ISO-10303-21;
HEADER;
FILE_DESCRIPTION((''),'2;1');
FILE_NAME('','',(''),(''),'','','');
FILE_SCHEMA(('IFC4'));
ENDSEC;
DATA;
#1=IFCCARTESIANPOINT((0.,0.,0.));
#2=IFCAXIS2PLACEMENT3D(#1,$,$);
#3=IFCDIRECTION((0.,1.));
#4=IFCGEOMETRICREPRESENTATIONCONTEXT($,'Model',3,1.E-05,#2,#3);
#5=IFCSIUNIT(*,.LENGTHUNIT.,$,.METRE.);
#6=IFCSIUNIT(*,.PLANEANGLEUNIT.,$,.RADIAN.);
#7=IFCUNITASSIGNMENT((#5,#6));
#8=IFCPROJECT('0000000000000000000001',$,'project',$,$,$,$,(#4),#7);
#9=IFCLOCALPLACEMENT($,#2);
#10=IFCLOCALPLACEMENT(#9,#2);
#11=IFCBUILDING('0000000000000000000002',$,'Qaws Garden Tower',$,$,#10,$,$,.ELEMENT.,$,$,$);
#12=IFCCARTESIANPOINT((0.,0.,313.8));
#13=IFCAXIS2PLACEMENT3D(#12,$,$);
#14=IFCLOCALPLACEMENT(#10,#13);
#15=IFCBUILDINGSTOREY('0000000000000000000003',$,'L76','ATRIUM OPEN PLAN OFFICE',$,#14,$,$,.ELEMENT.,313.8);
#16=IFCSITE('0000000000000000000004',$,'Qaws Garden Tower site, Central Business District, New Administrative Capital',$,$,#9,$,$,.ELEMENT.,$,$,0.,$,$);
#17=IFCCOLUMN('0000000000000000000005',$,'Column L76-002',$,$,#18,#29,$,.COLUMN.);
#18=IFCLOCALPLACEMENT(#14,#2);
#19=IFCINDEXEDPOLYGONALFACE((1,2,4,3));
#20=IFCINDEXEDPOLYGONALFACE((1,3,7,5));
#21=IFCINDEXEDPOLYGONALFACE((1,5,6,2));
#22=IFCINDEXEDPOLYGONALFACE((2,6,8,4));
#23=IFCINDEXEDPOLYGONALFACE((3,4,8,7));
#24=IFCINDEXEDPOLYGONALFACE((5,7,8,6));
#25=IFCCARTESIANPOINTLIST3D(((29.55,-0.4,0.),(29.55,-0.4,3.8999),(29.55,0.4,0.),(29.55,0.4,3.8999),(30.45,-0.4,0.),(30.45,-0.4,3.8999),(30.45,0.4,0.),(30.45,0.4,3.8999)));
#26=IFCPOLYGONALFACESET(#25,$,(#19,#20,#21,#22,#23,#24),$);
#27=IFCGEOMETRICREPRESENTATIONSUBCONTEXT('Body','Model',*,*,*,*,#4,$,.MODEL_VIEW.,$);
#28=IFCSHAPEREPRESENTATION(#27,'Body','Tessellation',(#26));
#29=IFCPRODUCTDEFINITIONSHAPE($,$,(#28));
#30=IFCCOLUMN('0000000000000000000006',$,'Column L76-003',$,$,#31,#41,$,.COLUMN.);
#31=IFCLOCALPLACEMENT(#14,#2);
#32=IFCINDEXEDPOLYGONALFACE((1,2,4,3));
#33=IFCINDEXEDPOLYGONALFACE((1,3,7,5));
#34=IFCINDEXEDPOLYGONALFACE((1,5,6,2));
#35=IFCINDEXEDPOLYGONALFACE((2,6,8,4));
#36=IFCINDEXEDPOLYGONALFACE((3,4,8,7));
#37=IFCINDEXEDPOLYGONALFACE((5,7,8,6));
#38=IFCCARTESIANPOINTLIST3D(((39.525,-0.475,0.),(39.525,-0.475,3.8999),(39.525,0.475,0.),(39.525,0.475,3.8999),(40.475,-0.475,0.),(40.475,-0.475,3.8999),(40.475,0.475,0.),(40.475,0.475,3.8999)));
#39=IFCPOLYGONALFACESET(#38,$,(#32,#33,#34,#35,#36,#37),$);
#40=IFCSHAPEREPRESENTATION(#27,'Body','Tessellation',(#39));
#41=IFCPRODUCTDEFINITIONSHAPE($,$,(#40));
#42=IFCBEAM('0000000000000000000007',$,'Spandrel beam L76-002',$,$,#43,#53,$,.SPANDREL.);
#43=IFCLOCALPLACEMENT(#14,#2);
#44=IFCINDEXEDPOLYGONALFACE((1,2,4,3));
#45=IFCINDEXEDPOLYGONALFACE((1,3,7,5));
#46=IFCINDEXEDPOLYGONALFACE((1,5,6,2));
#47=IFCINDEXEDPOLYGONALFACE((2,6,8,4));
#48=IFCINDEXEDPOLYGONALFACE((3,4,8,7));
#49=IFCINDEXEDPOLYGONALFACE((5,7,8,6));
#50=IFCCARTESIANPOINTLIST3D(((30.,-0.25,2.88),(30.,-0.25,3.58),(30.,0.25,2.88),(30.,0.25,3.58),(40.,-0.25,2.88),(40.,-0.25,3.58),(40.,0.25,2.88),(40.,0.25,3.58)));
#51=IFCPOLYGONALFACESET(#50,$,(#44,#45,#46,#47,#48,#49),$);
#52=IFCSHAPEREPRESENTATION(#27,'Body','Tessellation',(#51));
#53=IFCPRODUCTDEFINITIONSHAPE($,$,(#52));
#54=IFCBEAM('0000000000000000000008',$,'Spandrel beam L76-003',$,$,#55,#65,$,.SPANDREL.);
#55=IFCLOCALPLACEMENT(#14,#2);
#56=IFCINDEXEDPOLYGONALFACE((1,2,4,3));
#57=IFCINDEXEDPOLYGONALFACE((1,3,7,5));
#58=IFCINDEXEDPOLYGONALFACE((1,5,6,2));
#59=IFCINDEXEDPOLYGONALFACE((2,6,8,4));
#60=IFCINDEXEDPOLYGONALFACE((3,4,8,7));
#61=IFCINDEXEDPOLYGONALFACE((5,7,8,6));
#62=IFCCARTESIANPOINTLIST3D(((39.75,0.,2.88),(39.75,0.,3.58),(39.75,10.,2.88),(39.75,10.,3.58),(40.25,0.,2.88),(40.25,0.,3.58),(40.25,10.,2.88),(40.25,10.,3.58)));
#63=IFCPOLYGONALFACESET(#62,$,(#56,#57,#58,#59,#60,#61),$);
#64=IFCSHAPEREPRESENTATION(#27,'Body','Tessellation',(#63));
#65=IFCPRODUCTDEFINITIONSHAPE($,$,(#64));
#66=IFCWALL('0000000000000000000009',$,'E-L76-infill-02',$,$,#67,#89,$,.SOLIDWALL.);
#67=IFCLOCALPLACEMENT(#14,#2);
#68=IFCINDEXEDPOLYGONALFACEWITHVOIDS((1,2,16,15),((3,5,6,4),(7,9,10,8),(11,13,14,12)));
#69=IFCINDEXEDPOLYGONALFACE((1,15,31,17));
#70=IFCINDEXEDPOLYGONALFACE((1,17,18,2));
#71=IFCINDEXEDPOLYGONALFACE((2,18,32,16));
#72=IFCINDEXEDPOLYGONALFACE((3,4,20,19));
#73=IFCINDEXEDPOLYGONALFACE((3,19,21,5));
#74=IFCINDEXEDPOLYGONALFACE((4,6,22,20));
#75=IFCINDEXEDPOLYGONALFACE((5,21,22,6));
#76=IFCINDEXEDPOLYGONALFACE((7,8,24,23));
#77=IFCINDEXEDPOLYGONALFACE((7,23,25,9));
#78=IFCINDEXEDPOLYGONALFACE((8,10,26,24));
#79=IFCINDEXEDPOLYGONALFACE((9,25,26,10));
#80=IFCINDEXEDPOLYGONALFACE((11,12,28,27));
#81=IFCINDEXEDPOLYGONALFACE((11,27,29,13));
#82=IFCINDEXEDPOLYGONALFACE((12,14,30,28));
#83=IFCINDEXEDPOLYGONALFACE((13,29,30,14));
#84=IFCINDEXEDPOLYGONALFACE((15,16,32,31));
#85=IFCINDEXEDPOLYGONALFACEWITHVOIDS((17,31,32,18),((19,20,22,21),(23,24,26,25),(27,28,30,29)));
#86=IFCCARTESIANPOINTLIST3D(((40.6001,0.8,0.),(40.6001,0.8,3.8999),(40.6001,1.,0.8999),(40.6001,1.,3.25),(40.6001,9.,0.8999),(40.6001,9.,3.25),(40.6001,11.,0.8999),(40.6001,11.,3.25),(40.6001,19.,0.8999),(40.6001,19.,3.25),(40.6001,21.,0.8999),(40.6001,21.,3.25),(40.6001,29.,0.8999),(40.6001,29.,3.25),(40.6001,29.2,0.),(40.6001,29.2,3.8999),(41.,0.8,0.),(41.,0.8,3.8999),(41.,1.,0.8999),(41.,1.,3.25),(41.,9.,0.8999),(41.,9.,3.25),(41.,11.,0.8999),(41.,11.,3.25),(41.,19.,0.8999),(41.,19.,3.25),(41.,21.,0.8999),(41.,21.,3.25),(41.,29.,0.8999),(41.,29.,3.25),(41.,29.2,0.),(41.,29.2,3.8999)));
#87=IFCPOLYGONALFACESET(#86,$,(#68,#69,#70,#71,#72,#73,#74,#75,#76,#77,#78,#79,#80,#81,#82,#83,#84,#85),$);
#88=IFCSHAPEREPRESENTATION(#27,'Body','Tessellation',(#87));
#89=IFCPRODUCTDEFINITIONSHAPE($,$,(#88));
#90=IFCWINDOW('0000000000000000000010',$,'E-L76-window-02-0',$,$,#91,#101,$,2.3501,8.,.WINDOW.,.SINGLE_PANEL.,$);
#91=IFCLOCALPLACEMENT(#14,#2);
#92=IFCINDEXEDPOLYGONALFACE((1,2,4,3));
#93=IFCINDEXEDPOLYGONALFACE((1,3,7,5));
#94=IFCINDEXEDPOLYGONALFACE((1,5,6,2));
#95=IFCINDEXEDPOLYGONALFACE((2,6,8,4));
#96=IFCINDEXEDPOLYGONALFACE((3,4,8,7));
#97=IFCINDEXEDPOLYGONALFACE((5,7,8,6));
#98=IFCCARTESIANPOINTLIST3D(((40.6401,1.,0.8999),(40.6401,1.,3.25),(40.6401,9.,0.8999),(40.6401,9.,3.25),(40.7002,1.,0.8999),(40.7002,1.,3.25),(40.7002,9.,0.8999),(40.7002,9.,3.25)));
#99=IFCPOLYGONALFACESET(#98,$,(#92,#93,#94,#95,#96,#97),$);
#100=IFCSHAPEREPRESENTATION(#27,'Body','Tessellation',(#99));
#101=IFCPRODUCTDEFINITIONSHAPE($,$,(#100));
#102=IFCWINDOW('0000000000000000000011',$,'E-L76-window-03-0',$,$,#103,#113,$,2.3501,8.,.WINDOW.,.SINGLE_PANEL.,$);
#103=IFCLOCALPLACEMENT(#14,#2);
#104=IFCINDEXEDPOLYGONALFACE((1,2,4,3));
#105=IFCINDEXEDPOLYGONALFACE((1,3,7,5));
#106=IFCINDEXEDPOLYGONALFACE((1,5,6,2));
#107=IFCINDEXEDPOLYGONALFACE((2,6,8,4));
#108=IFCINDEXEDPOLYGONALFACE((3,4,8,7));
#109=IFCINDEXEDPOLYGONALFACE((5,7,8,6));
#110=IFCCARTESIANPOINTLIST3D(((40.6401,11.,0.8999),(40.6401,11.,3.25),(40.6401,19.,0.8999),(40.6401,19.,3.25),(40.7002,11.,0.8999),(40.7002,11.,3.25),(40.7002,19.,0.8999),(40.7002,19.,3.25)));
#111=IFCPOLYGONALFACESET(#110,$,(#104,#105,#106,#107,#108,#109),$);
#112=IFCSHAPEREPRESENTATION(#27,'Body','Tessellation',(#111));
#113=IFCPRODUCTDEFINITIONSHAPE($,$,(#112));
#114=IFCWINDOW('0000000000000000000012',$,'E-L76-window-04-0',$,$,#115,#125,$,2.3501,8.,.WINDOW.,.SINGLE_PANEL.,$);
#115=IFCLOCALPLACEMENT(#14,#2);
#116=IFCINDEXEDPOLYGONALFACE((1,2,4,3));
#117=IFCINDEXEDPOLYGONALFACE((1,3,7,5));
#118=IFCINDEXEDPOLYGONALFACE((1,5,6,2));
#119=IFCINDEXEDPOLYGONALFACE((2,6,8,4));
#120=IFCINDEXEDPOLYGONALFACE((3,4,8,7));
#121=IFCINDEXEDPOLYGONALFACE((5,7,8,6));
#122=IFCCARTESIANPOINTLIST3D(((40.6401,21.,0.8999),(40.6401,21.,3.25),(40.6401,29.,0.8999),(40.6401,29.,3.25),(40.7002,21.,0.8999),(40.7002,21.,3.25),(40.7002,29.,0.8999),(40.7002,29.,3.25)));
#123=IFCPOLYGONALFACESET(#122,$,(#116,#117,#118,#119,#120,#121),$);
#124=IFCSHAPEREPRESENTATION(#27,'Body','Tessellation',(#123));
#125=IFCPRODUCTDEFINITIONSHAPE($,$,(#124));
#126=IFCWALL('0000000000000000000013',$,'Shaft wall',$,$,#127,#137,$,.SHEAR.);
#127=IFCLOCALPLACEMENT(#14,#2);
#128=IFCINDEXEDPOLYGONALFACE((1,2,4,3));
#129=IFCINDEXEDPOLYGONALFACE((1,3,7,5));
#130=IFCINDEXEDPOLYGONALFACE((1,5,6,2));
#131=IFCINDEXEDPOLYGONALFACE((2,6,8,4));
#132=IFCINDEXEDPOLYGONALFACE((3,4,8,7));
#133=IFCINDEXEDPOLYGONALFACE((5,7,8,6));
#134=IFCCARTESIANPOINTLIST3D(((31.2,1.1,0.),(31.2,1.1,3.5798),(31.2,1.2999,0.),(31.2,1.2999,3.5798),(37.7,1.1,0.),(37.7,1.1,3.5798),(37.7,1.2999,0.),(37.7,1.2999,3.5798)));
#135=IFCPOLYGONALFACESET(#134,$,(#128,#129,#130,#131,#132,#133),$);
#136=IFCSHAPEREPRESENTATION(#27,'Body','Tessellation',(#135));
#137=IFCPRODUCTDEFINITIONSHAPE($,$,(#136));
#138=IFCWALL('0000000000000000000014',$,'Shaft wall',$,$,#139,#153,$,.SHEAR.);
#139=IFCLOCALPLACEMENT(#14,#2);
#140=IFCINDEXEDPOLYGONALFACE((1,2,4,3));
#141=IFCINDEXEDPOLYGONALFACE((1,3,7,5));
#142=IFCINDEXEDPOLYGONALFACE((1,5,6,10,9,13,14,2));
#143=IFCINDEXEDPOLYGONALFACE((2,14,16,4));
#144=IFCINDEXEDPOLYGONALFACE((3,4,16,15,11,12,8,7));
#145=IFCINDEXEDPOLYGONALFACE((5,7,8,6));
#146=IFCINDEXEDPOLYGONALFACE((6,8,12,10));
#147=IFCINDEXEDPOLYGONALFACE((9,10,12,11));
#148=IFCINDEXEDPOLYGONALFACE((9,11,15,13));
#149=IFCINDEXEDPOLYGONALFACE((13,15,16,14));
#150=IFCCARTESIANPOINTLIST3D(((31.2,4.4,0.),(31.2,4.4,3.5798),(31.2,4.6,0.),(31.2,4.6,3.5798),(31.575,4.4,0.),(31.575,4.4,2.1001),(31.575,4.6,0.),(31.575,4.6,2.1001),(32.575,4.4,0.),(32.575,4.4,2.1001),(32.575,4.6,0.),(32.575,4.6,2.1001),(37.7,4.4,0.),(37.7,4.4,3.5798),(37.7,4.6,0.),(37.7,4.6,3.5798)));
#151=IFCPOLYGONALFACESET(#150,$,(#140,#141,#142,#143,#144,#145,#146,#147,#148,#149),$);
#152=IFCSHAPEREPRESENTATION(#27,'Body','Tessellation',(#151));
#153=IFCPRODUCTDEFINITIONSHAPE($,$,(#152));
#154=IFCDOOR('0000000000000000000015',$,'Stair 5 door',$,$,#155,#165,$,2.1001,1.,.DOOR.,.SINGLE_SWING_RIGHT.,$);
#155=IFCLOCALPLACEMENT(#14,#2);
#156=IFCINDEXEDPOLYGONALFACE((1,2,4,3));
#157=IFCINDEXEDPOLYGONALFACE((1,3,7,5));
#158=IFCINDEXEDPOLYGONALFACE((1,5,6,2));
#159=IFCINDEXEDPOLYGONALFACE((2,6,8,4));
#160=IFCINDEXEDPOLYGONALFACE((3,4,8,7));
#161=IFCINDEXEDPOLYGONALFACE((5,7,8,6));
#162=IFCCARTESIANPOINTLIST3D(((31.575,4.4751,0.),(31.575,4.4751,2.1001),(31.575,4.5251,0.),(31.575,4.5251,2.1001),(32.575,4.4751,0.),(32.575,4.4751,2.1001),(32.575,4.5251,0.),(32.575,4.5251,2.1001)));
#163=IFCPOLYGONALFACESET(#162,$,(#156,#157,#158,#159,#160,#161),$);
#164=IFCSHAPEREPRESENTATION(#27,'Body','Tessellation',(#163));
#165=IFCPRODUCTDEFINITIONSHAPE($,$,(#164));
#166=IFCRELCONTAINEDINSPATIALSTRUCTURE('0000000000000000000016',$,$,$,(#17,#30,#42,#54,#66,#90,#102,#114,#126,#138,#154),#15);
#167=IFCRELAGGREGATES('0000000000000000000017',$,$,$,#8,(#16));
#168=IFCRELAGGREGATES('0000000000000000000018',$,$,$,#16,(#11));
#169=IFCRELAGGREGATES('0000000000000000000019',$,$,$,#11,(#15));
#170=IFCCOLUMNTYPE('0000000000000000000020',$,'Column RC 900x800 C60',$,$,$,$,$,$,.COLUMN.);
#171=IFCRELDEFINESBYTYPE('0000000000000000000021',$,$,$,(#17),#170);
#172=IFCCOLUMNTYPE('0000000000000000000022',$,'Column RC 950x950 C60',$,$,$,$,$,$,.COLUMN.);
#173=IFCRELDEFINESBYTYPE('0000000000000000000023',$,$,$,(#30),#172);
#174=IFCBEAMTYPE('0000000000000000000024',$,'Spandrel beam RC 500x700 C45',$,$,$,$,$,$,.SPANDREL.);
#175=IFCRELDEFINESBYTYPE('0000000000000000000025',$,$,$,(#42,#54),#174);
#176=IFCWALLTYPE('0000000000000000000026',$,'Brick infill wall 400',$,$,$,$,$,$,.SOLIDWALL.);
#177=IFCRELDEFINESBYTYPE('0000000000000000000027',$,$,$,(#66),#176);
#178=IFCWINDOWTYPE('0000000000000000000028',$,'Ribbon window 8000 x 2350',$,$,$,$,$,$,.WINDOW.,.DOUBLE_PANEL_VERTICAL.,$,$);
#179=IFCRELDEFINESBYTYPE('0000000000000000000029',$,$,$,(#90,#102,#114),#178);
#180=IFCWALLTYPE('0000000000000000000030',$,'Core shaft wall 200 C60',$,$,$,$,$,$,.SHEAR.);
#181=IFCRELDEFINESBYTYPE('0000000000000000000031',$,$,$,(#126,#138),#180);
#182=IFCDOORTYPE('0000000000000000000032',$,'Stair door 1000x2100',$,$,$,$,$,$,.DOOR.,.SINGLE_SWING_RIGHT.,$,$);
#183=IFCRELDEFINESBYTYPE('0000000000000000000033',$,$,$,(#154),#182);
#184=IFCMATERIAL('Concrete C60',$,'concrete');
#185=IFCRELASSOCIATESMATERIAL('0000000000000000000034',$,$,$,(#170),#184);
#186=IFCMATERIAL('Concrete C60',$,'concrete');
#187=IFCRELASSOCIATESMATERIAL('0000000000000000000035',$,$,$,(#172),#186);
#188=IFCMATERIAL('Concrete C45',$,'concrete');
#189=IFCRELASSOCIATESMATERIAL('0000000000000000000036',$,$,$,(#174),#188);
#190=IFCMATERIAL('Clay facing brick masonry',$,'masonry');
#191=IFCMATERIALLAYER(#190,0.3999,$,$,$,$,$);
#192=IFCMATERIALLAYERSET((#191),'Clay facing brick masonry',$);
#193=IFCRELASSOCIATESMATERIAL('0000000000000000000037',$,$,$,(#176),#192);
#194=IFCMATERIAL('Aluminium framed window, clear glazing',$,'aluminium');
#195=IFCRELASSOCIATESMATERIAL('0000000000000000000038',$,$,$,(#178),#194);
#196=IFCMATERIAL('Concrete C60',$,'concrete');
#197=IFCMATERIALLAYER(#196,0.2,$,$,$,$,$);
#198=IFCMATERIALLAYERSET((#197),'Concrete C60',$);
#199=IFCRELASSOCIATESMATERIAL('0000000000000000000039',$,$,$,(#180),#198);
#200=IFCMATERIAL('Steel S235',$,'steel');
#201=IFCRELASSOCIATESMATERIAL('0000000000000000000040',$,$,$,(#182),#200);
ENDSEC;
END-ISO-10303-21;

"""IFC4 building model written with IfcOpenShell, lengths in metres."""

from ifc_helpers import new_model, si_unit, direction, frame, frame_2d, origin, origin_2d, place, context, subcontext, project, spatial, rectangle, extrude, material, layer, layer_set, material_profile, profile_set, type_object, element, fill, save


model = new_model("IFC4")

# Units and contexts
model_context = context("Model", 3, precision=1e-05, world=origin(), true_north=direction((0.0, 1.0)))
body_context = subcontext(model_context, "Body", "Model", "MODEL_VIEW")
ifc_project = project(units=[si_unit("LENGTHUNIT", "METRE"), si_unit("PLANEANGLEUNIT", "RADIAN")], contexts=[model_context])

# Site, building, storey
site_placement = place(None, origin())
site = spatial("IfcSite", under=ifc_project, at=site_placement, Name="Qaws Garden Tower site, Central Business District, New Administrative Capital", CompositionType="ELEMENT", RefElevation=0.0)
building_placement = place(site_placement, origin())
building = spatial("IfcBuilding", under=site, at=building_placement, Name="Qaws Garden Tower", CompositionType="ELEMENT")
storey_placement = place(building_placement, frame((0.0, 0.0, 313.8)))
storey = spatial("IfcBuildingStorey", under=building, at=storey_placement, Name="L76", Description="ATRIUM OPEN PLAN OFFICE", CompositionType="ELEMENT", Elevation=313.8)

# Columns
ifc_material_1 = material(Name="Concrete C60", Category="concrete")
ifc_material_profile_1 = material_profile(ifc_material_1, rectangle(XDim=0.8999, YDim=0.8, at=origin_2d()), Name="RC 900x800")
ifc_profile_set_1 = profile_set([ifc_material_profile_1], Name="Concrete C60")
column_type_1 = type_object("IfcColumnType", Name="Column RC 900x800 C60", PredefinedType="COLUMN", material=ifc_profile_set_1)
column_1_placement = place(storey_placement, frame((30.0, 0.0, 0.0), z_axis=(0.0, 0.0, 1.0), x_axis=(1.0, 0.0, 0.0)))
element("IfcColumn", 1, at=column_1_placement, inside=storey, type_object=column_type_1, Name="Column L76-002", PredefinedType="COLUMN", context=body_context, shape_type="SweptSolid", body=[
    extrude(rectangle(XDim=0.8999, YDim=0.8, at=origin_2d()), origin(), (0.0, 0.0, 1.0), 3.8999),
])
ifc_material_2 = material(Name="Concrete C60", Category="concrete")
ifc_material_profile_2 = material_profile(ifc_material_2, rectangle(XDim=0.95, YDim=0.95, at=origin_2d()), Name="RC 950x950")
ifc_profile_set_2 = profile_set([ifc_material_profile_2], Name="Concrete C60")
column_type_2 = type_object("IfcColumnType", Name="Column RC 950x950 C60", PredefinedType="COLUMN", material=ifc_profile_set_2)
column_2_placement = place(storey_placement, frame((40.0, 0.0, 0.0), z_axis=(0.0, 0.0, 1.0), x_axis=(1.0, 0.0, 0.0)))
element("IfcColumn", 2, at=column_2_placement, inside=storey, type_object=column_type_2, Name="Column L76-003", PredefinedType="COLUMN", context=body_context, shape_type="SweptSolid", body=[
    extrude(rectangle(XDim=0.95, YDim=0.95, at=origin_2d()), origin(), (0.0, 0.0, 1.0), 3.8999),
])

# Beams
ifc_material_3 = material(Name="Concrete C45", Category="concrete")
ifc_material_profile_3 = material_profile(ifc_material_3, rectangle(XDim=0.5, YDim=0.7, at=origin_2d()), Name="RC 500x700")
ifc_profile_set_3 = profile_set([ifc_material_profile_3], Name="Concrete C45")
beam_type = type_object("IfcBeamType", Name="Spandrel beam RC 500x700 C45", PredefinedType="SPANDREL", material=ifc_profile_set_3)
for number, where, z_axis, x_axis, name in (
    (3, (30.0, 0.0, 3.23), (1.0, 0.0, 0.0), (0.0, 1.0, 0.0), "Spandrel beam L76-002"),
    (4, (40.0, 0.0, 3.23), (0.0, 1.0, 0.0), (-1.0, 0.0, 0.0), "Spandrel beam L76-003"),
):
    element("IfcBeam", number, at=place(storey_placement, frame(where, z_axis=z_axis, x_axis=x_axis)), inside=storey, type_object=beam_type, Name=name, PredefinedType="SPANDREL", context=body_context, shape_type="SweptSolid", body=[
        extrude(rectangle(XDim=0.5, YDim=0.7, at=origin_2d()), origin(), (0.0, 0.0, 1.0), 10.0),
    ])

# Wall, openings, windows
ifc_material_4 = material(Name="Clay facing brick masonry", Category="masonry")
ifc_layer_1 = layer(ifc_material_4, 0.3999)
ifc_layer_set_1 = layer_set([ifc_layer_1], Name="Clay facing brick masonry")
wall_type_1 = type_object("IfcWallType", Name="Brick infill wall 400", PredefinedType="SOLIDWALL", material=ifc_layer_set_1)
wall_1_placement = place(storey_placement, frame((40.8, 0.8, 0.0), z_axis=(0.0, 0.0, 1.0), x_axis=(0.0, 1.0, 0.0)))
wall_1 = element("IfcWall", 5, at=wall_1_placement, inside=storey, type_object=wall_type_1, Name="E-L76-infill-02", PredefinedType="SOLIDWALL", context=body_context, shape_type="SweptSolid", body=[
    extrude(rectangle(XDim=28.3999, YDim=0.3999, at=frame_2d((14.2, 0.0))), origin(), (0.0, 0.0, 1.0), 3.8999),
])
opening_1_placement = place(wall_1_placement, frame((0.2, 0.0, 0.8999)))
opening_1 = element("IfcOpeningElement", 6, at=opening_1_placement, cuts=wall_1, PredefinedType="OPENING", context=body_context, shape_type="SweptSolid", body=[
    extrude(rectangle(XDim=8.0, YDim=2.3501, at=frame_2d((4.0, 1.175))), frame((0.0, 0.21, 0.0), z_axis=(0.0, -1.0, 0.0), x_axis=(1.0, 0.0, 0.0)), (0.0, 0.0, 1.0), 0.4199),
])
opening_2_placement = place(wall_1_placement, frame((10.2, 0.0, 0.8999)))
opening_2 = element("IfcOpeningElement", 7, at=opening_2_placement, cuts=wall_1, PredefinedType="OPENING", context=body_context, shape_type="SweptSolid", body=[
    extrude(rectangle(XDim=8.0, YDim=2.3501, at=frame_2d((4.0, 1.175))), frame((0.0, 0.21, 0.0), z_axis=(0.0, -1.0, 0.0), x_axis=(1.0, 0.0, 0.0)), (0.0, 0.0, 1.0), 0.4199),
])
opening_3_placement = place(wall_1_placement, frame((20.2, 0.0, 0.8999)))
opening_3 = element("IfcOpeningElement", 8, at=opening_3_placement, cuts=wall_1, PredefinedType="OPENING", context=body_context, shape_type="SweptSolid", body=[
    extrude(rectangle(XDim=8.0, YDim=2.3501, at=frame_2d((4.0, 1.175))), frame((0.0, 0.21, 0.0), z_axis=(0.0, -1.0, 0.0), x_axis=(1.0, 0.0, 0.0)), (0.0, 0.0, 1.0), 0.4199),
])
ifc_material_5 = material(Name="Aluminium framed window, clear glazing", Category="aluminium")
window_type = type_object("IfcWindowType", Name="Ribbon window 8000 x 2350", PartitioningType="DOUBLE_PANEL_VERTICAL", PredefinedType="WINDOW", material=ifc_material_5)
window_1_placement = place(opening_1_placement, origin())
window_1 = element("IfcWindow", 9, at=window_1_placement, inside=storey, type_object=window_type, Name="E-L76-window-02-0", OverallHeight=2.3501, OverallWidth=8.0, PartitioningType="SINGLE_PANEL", PredefinedType="WINDOW", context=body_context, shape_type="SweptSolid", body=[
    extrude(rectangle(XDim=8.0, YDim=2.3501, at=frame_2d((4.0, 1.175))), frame((0.0, 0.1599, 0.0), z_axis=(0.0, -1.0, 0.0), x_axis=(1.0, 0.0, 0.0)), (0.0, 0.0, 1.0), 0.0601),
])
fill(opening_1, window_1)
window_2_placement = place(opening_2_placement, origin())
window_2 = element("IfcWindow", 10, at=window_2_placement, inside=storey, type_object=window_type, Name="E-L76-window-03-0", OverallHeight=2.3501, OverallWidth=8.0, PartitioningType="SINGLE_PANEL", PredefinedType="WINDOW", context=body_context, shape_type="SweptSolid", body=[
    extrude(rectangle(XDim=8.0, YDim=2.3501, at=frame_2d((4.0, 1.175))), frame((0.0, 0.1599, 0.0), z_axis=(0.0, -1.0, 0.0), x_axis=(1.0, 0.0, 0.0)), (0.0, 0.0, 1.0), 0.0601),
])
fill(opening_2, window_2)
window_3_placement = place(opening_3_placement, origin())
window_3 = element("IfcWindow", 11, at=window_3_placement, inside=storey, type_object=window_type, Name="E-L76-window-04-0", OverallHeight=2.3501, OverallWidth=8.0, PartitioningType="SINGLE_PANEL", PredefinedType="WINDOW", context=body_context, shape_type="SweptSolid", body=[
    extrude(rectangle(XDim=8.0, YDim=2.3501, at=frame_2d((4.0, 1.175))), frame((0.0, 0.1599, 0.0), z_axis=(0.0, -1.0, 0.0), x_axis=(1.0, 0.0, 0.0)), (0.0, 0.0, 1.0), 0.0601),
])
fill(opening_3, window_3)

# Wall
ifc_material_6 = material(Name="Concrete C60", Category="concrete")
ifc_layer_2 = layer(ifc_material_6, 0.2)
ifc_layer_set_2 = layer_set([ifc_layer_2], Name="Concrete C60")
wall_type_2 = type_object("IfcWallType", Name="Core shaft wall 200 C60", PredefinedType="SHEAR", material=ifc_layer_set_2)
wall_2_placement = place(storey_placement, frame((31.2, 1.2, 0.0), z_axis=(0.0, 0.0, 1.0), x_axis=(1.0, 0.0, 0.0)))
element("IfcWall", 12, at=wall_2_placement, inside=storey, type_object=wall_type_2, Name="Shaft wall", PredefinedType="SHEAR", context=body_context, shape_type="SweptSolid", body=[
    extrude(rectangle(XDim=6.5, YDim=0.2, at=frame_2d((3.25, 0.0))), origin(), (0.0, 0.0, 1.0), 3.5798),
])

# Wall, opening, door
wall_3_placement = place(storey_placement, frame((31.2, 4.5, 0.0), z_axis=(0.0, 0.0, 1.0), x_axis=(1.0, 0.0, 0.0)))
wall_3 = element("IfcWall", 13, at=wall_3_placement, inside=storey, type_object=wall_type_2, Name="Shaft wall", PredefinedType="SHEAR", context=body_context, shape_type="SweptSolid", body=[
    extrude(rectangle(XDim=6.5, YDim=0.2, at=frame_2d((3.25, 0.0))), origin(), (0.0, 0.0, 1.0), 3.5798),
])
opening_4_placement = place(wall_3_placement, frame((0.375, 0.0, 0.0)))
opening_4 = element("IfcOpeningElement", 14, at=opening_4_placement, cuts=wall_3, PredefinedType="OPENING", context=body_context, shape_type="SweptSolid", body=[
    extrude(rectangle(XDim=1.0, YDim=2.1001, at=frame_2d((0.5, 1.05))), frame((0.0, 0.1099, 0.0), z_axis=(0.0, -1.0, 0.0), x_axis=(1.0, 0.0, 0.0)), (0.0, 0.0, 1.0), 0.22),
])
ifc_material_7 = material(Name="Steel S235", Category="steel")
door_type = type_object("IfcDoorType", Name="Stair door 1000x2100", OperationType="SINGLE_SWING_RIGHT", PredefinedType="DOOR", material=ifc_material_7)
door_placement = place(opening_4_placement, frame((1.0, 0.0, 0.0), z_axis=(0.0, 0.0, 1.0), x_axis=(-1.0, 0.0, 0.0)))
door = element("IfcDoor", 15, at=door_placement, inside=storey, type_object=door_type, Name="Stair 5 door", OperationType="SINGLE_SWING_RIGHT", OverallHeight=2.1001, OverallWidth=1.0, PredefinedType="DOOR", context=body_context, shape_type="SweptSolid", body=[
    extrude(rectangle(XDim=1.0, YDim=2.1001, at=frame_2d((0.5, 1.05))), frame((0.0, 0.0249, 0.0), z_axis=(0.0, -1.0, 0.0), x_axis=(1.0, 0.0, 0.0)), (0.0, 0.0, 1.0), 0.05),
])
fill(opening_4, door)

save(model, "model.ifc")
